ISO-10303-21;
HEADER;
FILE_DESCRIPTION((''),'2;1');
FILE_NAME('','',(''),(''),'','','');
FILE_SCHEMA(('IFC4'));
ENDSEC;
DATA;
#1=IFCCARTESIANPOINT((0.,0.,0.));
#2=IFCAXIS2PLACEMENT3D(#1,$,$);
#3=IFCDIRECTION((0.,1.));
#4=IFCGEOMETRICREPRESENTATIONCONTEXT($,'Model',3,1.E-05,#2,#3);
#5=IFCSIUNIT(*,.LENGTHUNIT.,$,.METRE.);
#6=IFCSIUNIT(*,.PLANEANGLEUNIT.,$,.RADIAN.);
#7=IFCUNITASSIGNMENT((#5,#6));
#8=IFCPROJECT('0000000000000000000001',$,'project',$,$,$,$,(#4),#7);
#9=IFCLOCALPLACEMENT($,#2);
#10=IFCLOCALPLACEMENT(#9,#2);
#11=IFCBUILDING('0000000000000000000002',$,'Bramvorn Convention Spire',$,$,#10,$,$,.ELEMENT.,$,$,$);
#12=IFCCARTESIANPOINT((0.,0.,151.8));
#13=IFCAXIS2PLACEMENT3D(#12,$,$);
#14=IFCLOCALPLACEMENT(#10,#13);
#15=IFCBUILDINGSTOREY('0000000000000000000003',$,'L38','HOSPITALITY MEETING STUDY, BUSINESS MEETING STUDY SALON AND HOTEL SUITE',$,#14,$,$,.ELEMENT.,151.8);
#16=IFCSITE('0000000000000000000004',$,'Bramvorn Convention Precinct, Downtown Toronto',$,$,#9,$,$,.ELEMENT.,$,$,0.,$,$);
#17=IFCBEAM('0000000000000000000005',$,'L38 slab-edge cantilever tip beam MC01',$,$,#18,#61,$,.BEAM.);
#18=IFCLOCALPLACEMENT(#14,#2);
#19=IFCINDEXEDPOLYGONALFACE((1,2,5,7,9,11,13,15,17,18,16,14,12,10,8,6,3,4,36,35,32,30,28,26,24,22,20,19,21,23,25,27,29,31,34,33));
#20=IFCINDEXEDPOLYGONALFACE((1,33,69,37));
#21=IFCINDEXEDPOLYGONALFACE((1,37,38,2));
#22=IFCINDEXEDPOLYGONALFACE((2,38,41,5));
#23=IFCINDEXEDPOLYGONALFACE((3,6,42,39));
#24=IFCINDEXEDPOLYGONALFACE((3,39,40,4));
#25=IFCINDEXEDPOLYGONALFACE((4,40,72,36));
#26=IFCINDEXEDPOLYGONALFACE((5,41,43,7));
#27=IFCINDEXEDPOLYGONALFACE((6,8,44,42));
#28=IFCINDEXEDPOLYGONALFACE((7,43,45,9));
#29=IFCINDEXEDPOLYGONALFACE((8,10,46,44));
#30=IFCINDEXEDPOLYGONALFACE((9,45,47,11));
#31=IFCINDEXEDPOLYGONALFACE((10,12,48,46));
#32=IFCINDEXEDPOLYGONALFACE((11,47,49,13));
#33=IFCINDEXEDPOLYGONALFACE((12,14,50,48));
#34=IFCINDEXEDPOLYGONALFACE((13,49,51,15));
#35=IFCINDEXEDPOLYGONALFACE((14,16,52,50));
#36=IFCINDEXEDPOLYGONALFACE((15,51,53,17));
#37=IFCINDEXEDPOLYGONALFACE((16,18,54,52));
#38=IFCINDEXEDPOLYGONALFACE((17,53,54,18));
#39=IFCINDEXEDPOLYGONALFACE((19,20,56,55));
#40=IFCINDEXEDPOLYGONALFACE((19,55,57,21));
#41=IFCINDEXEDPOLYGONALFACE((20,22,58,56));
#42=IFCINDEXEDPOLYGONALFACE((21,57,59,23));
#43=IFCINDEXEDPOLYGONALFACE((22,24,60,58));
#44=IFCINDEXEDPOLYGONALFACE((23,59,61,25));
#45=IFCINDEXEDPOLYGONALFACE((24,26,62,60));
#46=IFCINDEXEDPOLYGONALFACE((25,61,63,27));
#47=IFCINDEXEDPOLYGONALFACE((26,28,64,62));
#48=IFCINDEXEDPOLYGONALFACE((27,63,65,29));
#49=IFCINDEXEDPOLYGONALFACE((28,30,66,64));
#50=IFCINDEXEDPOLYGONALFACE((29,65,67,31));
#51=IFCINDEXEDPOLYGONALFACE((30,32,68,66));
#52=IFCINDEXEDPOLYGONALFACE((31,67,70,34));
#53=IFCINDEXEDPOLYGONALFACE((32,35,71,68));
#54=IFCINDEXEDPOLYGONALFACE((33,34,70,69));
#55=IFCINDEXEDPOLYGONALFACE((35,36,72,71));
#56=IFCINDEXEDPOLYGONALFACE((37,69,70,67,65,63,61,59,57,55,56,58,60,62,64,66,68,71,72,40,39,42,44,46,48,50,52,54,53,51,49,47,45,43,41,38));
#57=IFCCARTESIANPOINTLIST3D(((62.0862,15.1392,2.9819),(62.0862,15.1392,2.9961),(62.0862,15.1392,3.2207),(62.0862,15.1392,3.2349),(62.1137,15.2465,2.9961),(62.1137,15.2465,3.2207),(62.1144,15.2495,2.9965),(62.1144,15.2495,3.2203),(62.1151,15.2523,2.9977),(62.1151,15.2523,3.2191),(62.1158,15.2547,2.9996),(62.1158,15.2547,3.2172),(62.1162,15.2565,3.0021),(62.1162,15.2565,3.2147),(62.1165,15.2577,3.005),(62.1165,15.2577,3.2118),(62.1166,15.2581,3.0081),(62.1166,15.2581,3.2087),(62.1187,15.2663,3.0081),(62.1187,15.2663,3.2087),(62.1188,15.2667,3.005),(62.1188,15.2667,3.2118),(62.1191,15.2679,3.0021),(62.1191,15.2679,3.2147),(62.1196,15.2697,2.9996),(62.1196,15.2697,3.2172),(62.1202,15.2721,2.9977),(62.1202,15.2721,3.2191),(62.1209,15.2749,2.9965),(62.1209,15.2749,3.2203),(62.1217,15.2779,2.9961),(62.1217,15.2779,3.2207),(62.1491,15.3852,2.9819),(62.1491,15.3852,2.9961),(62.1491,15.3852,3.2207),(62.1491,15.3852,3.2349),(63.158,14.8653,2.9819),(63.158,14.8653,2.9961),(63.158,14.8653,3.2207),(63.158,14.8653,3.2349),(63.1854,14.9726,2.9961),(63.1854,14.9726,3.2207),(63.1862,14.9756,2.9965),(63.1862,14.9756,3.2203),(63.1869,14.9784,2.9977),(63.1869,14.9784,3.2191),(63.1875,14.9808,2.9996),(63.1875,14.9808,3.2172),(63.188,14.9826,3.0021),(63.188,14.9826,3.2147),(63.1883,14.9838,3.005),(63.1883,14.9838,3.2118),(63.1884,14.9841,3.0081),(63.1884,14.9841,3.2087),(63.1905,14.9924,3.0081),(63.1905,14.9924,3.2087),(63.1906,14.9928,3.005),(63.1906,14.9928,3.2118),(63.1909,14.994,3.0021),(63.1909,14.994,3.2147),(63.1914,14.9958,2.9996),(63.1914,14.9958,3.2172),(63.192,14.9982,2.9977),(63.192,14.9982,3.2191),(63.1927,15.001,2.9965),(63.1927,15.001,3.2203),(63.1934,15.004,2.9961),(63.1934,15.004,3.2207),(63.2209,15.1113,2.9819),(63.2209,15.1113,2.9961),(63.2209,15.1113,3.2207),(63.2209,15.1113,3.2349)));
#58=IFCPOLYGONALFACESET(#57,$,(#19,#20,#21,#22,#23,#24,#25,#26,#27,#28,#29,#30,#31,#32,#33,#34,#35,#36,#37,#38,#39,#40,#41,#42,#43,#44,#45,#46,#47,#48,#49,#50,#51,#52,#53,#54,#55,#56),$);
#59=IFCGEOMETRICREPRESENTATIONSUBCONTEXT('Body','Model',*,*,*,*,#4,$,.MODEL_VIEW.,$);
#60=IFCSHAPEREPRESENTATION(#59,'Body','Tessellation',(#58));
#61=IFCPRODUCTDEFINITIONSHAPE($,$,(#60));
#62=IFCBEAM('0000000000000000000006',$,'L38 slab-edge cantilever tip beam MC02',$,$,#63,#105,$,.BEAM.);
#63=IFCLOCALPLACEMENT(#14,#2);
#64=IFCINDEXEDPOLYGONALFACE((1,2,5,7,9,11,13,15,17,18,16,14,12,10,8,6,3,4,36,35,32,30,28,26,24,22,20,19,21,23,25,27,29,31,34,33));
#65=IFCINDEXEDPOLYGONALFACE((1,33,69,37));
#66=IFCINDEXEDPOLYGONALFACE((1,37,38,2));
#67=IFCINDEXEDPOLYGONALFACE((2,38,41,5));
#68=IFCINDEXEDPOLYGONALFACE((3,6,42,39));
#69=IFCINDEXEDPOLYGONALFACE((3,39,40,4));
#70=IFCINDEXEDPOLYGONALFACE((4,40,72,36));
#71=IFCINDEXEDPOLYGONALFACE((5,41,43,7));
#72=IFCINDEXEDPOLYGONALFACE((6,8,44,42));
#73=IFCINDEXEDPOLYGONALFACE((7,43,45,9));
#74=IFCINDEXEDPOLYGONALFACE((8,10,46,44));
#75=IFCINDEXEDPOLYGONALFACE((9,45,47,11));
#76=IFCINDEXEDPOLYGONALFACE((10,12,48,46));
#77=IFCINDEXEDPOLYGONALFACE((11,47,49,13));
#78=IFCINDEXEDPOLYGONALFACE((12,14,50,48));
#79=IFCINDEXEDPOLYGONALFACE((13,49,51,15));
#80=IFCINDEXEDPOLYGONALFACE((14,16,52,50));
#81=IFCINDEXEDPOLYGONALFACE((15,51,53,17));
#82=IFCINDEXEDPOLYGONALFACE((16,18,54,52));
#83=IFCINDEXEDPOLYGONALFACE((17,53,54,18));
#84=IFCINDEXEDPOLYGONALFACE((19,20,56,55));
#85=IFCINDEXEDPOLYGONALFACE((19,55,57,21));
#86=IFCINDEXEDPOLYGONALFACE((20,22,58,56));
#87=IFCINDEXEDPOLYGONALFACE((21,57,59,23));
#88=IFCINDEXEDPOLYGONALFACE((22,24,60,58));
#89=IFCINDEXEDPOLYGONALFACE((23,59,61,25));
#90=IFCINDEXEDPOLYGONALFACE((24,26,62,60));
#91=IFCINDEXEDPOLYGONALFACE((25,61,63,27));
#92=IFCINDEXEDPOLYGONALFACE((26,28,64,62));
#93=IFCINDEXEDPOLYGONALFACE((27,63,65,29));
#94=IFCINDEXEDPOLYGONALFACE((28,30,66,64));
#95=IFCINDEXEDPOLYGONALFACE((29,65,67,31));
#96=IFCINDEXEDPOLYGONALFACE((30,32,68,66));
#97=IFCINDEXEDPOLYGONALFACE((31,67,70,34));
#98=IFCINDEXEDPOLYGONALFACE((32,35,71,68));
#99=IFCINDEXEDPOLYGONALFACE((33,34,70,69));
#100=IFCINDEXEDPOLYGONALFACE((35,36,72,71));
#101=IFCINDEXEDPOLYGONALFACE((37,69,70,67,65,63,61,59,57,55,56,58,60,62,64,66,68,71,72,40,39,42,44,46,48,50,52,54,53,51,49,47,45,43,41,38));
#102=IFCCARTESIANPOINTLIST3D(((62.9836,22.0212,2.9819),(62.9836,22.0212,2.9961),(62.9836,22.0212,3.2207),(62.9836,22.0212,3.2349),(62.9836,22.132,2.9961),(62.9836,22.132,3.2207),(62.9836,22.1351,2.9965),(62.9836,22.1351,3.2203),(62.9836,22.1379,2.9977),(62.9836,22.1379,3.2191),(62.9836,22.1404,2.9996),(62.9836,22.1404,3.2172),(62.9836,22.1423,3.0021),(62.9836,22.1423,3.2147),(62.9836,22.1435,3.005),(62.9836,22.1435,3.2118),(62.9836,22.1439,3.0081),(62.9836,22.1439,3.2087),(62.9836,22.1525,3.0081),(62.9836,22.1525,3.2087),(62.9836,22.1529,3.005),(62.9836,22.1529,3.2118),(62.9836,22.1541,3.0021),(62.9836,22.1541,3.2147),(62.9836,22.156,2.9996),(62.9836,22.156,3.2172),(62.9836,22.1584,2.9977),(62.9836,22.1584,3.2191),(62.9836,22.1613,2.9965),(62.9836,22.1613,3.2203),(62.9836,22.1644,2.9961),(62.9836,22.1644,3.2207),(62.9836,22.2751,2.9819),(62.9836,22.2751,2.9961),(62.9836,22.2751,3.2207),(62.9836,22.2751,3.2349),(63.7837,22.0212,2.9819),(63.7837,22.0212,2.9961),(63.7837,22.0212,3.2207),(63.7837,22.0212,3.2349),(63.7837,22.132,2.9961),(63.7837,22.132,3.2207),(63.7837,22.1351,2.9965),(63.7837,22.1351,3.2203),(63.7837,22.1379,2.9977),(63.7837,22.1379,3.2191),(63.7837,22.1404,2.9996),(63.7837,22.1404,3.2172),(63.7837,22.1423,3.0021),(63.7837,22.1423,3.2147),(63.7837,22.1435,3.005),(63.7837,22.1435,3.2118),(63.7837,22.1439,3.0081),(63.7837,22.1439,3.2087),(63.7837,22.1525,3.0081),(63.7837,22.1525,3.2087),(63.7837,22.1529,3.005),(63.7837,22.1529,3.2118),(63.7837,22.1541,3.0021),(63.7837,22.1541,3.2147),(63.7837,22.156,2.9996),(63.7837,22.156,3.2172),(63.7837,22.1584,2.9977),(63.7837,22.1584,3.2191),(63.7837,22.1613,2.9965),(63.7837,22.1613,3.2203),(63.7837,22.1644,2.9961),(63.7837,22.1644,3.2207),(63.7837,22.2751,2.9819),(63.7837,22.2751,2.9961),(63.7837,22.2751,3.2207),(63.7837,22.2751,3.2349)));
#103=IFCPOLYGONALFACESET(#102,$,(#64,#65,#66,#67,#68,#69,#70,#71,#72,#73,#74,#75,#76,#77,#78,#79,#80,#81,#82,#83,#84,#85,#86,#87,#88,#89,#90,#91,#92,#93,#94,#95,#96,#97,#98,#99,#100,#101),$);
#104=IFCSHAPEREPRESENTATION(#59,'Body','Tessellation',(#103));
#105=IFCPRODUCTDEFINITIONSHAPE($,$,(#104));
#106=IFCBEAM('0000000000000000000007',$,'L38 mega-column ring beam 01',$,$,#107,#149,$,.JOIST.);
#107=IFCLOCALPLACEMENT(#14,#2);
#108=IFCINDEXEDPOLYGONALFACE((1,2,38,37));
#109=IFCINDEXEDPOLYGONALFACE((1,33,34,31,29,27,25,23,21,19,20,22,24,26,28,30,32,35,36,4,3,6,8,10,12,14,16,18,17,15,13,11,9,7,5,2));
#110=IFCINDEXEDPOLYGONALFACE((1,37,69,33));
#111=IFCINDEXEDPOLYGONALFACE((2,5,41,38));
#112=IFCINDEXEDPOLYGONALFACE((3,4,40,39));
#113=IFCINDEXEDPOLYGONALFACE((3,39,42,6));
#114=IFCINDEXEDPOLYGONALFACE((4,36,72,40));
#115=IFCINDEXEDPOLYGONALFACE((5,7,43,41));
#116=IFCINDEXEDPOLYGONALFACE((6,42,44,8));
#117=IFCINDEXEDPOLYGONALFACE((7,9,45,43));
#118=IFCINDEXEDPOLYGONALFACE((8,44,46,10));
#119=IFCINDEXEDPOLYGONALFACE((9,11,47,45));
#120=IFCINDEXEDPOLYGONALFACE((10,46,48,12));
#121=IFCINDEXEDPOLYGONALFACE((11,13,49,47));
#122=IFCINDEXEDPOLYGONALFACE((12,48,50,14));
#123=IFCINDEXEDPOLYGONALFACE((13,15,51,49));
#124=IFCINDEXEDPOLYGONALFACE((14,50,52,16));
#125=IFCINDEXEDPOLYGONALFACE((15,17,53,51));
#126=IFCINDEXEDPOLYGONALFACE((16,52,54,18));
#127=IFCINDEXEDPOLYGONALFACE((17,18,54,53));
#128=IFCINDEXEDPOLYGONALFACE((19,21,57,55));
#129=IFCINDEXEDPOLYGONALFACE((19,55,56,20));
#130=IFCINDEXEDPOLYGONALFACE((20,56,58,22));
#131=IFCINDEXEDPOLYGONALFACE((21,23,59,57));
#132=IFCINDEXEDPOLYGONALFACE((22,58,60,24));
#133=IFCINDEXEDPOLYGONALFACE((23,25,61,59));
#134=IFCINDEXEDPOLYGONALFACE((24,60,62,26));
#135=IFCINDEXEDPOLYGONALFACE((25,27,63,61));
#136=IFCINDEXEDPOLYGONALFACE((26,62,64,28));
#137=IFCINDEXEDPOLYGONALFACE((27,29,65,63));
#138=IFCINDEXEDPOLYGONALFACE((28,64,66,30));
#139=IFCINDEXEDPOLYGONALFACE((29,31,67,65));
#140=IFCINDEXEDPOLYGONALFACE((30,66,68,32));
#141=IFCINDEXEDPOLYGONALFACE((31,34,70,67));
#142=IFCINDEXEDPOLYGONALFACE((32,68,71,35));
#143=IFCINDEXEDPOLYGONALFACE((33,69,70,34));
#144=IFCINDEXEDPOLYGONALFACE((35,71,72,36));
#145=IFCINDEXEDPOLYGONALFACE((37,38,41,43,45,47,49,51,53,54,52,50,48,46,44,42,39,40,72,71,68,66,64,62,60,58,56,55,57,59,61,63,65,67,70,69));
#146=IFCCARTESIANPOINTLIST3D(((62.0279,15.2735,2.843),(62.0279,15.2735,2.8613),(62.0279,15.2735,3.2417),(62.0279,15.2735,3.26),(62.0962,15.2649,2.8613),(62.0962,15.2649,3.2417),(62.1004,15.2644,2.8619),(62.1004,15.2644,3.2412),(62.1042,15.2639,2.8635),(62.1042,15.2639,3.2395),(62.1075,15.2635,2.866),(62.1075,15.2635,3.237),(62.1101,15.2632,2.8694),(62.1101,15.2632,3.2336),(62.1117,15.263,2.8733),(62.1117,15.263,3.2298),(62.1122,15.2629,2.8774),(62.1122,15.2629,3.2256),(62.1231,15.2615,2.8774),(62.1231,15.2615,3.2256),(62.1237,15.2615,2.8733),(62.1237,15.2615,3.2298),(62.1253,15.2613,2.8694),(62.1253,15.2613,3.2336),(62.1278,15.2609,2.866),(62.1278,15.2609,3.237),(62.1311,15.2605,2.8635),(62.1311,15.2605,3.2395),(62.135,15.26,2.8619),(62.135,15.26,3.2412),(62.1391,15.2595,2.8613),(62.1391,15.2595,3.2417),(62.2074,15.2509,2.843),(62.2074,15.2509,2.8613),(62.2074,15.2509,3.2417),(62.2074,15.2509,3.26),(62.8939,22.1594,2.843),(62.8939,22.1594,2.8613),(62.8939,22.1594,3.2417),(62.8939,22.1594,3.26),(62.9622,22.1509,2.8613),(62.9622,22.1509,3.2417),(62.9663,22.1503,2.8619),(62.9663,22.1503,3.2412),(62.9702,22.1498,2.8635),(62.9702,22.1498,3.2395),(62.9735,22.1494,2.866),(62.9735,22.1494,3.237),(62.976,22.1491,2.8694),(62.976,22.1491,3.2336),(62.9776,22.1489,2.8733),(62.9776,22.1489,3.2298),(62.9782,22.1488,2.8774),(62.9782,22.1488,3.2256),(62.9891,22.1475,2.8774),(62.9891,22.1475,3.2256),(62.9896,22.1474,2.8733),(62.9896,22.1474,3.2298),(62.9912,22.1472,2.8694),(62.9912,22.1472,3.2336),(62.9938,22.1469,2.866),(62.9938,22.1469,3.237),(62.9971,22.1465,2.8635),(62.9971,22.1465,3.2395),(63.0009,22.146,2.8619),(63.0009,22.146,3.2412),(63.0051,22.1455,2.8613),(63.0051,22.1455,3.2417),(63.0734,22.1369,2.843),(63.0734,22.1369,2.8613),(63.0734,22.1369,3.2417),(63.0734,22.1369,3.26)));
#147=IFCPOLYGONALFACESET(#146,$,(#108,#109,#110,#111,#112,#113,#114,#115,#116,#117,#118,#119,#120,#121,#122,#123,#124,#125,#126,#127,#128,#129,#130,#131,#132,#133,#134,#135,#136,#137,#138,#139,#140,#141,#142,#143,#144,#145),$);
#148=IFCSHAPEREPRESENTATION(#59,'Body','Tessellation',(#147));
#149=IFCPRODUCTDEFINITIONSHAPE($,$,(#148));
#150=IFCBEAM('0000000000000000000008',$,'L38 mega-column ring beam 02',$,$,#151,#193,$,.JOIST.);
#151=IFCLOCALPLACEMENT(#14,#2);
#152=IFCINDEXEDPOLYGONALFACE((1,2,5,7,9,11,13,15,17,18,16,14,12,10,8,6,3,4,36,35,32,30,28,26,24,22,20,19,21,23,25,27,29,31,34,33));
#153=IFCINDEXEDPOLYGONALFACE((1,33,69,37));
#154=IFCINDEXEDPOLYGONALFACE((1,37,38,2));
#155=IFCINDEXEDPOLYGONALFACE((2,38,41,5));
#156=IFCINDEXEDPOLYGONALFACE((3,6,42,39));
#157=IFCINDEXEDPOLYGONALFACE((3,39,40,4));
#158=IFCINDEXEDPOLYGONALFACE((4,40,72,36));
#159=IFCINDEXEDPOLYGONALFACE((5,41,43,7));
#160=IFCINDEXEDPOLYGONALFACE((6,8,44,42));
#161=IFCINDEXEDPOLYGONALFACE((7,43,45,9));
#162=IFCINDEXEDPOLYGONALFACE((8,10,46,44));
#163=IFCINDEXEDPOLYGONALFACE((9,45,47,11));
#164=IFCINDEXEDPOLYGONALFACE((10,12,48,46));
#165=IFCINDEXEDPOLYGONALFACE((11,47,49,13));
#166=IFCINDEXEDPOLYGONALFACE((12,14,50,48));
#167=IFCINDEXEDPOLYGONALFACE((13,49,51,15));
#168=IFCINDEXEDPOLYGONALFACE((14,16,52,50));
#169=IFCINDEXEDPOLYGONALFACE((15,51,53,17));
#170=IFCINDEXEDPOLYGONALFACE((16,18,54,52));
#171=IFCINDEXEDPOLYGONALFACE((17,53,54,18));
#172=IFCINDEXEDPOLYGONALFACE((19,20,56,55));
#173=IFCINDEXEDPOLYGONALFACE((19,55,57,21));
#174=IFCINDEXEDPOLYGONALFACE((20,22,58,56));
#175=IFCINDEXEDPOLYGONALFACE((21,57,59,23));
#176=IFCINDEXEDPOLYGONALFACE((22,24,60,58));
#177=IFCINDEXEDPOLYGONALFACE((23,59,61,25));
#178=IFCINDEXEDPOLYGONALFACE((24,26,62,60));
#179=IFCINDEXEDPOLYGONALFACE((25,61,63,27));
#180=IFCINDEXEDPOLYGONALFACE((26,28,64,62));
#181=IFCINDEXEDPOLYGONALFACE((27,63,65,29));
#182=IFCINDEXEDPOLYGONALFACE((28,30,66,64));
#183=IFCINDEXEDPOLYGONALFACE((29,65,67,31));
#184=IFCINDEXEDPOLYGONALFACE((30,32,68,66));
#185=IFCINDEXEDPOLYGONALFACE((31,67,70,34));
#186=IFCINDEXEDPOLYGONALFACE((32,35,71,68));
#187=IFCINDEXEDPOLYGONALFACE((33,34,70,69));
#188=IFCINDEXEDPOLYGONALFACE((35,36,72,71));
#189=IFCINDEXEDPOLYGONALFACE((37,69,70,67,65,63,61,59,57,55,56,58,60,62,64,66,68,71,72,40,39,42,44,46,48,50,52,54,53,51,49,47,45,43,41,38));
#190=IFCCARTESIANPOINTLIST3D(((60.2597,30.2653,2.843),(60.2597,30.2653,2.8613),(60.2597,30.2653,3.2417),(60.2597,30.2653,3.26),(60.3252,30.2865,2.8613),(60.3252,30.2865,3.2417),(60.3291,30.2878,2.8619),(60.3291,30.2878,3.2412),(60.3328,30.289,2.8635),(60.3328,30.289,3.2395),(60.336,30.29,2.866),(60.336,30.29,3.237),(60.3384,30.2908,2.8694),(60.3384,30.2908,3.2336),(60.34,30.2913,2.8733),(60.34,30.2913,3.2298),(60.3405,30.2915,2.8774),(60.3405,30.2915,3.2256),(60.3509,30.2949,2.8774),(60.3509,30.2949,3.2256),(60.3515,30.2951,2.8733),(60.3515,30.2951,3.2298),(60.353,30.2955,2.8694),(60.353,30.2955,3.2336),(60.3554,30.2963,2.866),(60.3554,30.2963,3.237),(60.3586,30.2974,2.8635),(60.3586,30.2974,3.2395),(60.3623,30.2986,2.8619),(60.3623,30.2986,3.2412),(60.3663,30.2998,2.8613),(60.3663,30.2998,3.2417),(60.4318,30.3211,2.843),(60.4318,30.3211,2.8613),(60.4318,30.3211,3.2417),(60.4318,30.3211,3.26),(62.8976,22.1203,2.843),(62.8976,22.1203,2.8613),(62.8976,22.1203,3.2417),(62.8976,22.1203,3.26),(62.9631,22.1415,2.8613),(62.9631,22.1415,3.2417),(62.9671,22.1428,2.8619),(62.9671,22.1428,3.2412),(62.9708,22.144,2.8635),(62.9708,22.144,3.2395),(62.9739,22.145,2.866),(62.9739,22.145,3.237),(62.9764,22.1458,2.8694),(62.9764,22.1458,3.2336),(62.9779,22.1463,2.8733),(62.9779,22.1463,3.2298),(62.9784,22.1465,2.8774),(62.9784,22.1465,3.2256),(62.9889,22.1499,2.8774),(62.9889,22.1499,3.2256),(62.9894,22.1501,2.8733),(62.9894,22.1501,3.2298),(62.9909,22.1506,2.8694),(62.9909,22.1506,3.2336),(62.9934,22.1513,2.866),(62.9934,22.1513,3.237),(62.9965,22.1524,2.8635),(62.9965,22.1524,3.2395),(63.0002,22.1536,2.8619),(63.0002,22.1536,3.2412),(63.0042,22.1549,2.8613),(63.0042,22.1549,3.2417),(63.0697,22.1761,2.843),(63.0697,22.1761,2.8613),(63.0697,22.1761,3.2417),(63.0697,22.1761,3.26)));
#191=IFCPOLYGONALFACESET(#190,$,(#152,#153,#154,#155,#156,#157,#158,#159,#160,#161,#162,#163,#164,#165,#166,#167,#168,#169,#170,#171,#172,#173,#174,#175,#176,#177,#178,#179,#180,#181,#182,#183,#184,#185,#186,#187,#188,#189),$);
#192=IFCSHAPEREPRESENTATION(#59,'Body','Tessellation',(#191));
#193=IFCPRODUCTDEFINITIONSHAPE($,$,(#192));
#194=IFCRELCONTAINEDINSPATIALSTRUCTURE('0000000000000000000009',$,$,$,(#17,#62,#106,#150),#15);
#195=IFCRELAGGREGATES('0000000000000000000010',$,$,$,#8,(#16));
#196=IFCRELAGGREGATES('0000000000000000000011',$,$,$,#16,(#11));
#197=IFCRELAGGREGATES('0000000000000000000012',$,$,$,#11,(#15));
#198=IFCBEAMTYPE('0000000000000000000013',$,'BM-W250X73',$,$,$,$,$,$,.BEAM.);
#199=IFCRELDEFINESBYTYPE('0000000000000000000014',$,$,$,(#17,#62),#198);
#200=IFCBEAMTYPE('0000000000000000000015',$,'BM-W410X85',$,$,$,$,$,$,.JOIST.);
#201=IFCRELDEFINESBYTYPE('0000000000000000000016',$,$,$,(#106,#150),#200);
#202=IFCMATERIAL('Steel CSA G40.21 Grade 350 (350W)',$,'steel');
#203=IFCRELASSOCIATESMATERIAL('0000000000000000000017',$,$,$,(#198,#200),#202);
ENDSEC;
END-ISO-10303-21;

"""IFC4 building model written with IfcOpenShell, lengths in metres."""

from ifc_helpers import new_model, si_unit, direction, frame, origin, origin_2d, place, context, subcontext, project, spatial, i_section, extrude, material, material_profile, profile_set, type_object, element, save


model = new_model("IFC4")

# Units and contexts
model_context = context("Model", 3, precision=1e-05, world=origin(), true_north=direction((0.0, 1.0)))
body_context = subcontext(model_context, "Body", "Model", "MODEL_VIEW")
ifc_project = project(units=[si_unit("LENGTHUNIT", "METRE"), si_unit("PLANEANGLEUNIT", "RADIAN")], contexts=[model_context])

# Site, building, storey
site_placement = place(None, origin())
site = spatial("IfcSite", under=ifc_project, at=site_placement, Name="Bramvorn Convention Precinct, Downtown Toronto", CompositionType="ELEMENT", RefElevation=0.0)
building_placement = place(site_placement, origin())
building = spatial("IfcBuilding", under=site, at=building_placement, Name="Bramvorn Convention Spire", CompositionType="ELEMENT")
storey_placement = place(building_placement, frame((0.0, 0.0, 151.8)))
storey = spatial("IfcBuildingStorey", under=building, at=storey_placement, Name="L38", Description="HOSPITALITY MEETING STUDY, BUSINESS MEETING STUDY SALON AND HOTEL SUITE", CompositionType="ELEMENT", Elevation=151.8)

# Shared definitions
ifc_material_1 = material(Name="Steel CSA G40.21 Grade 350 (350W)", Category="steel")

# Beams
ifc_material_profile_1 = material_profile(ifc_material_1, i_section(OverallWidth=0.2539, OverallDepth=0.2529, WebThickness=0.0085, FlangeThickness=0.0142, FilletRadius=0.012, at=origin_2d()))
ifc_profile_set_1 = profile_set([ifc_material_profile_1], Name="Steel CSA G40.21 Grade 350 (350W) - W250X73")
beam_type_1 = type_object("IfcBeamType", Name="BM-W250X73", PredefinedType="BEAM", material=ifc_profile_set_1)
beam_1_placement = place(storey_placement, frame((62.1177, 15.2622, 3.1084), z_axis=(0.968857, -0.247621, 0.0), x_axis=(0.247621, 0.968857, 0.0)))
element("IfcBeam", 1, at=beam_1_placement, inside=storey, type_object=beam_type_1, Name="L38 slab-edge cantilever tip beam MC01", PredefinedType="BEAM", context=body_context, shape_type="SweptSolid", body=[
    extrude(i_section(OverallWidth=0.2539, OverallDepth=0.2529, WebThickness=0.0085, FlangeThickness=0.0142, FilletRadius=0.012, at=origin_2d()), origin(), (0.0, 0.0, 1.0), 1.1062),
])
beam_2_placement = place(storey_placement, frame((62.9836, 22.1482, 3.1084), z_axis=(1.0, 0.0, 0.0), x_axis=(0.0, 1.0, 0.0)))
element("IfcBeam", 2, at=beam_2_placement, inside=storey, type_object=beam_type_1, Name="L38 slab-edge cantilever tip beam MC02", PredefinedType="BEAM", context=body_context, shape_type="SweptSolid", body=[
    extrude(i_section(OverallWidth=0.2539, OverallDepth=0.2529, WebThickness=0.0085, FlangeThickness=0.0142, FilletRadius=0.012, at=origin_2d()), origin(), (0.0, 0.0, 1.0), 0.8),
])
ifc_material_profile_2 = material_profile(ifc_material_1, i_section(OverallWidth=0.1809, OverallDepth=0.417, WebThickness=0.011, FlangeThickness=0.0183, FilletRadius=0.0161, at=origin_2d()))
ifc_profile_set_2 = profile_set([ifc_material_profile_2], Name="Steel CSA G40.21 Grade 350 (350W) - W410X85")
beam_type_2 = type_object("IfcBeamType", Name="BM-W410X85", PredefinedType="JOIST", material=ifc_profile_set_2)
beam_3_placement = place(storey_placement, frame((62.1177, 15.2622, 3.0515), z_axis=(0.124775, 0.992185, 0.0), x_axis=(-0.992185, 0.124775, 0.0)))
element("IfcBeam", 3, at=beam_3_placement, inside=storey, type_object=beam_type_2, Name="L38 mega-column ring beam 01", PredefinedType="JOIST", context=body_context, shape_type="SweptSolid", body=[
    extrude(i_section(OverallWidth=0.1809, OverallDepth=0.417, WebThickness=0.011, FlangeThickness=0.0183, FilletRadius=0.0161, at=origin_2d()), origin(), (0.0, 0.0, 1.0), 6.9402),
])
beam_4_placement = place(storey_placement, frame((62.9836, 22.1482, 3.0515), z_axis=(-0.308115, 0.951349, 0.0), x_axis=(-0.951349, -0.308115, 0.0)))
element("IfcBeam", 4, at=beam_4_placement, inside=storey, type_object=beam_type_2, Name="L38 mega-column ring beam 02", PredefinedType="JOIST", context=body_context, shape_type="SweptSolid", body=[
    extrude(i_section(OverallWidth=0.1809, OverallDepth=0.417, WebThickness=0.011, FlangeThickness=0.0183, FilletRadius=0.0161, at=origin_2d()), origin(), (0.0, 0.0, 1.0), 8.5615),
])

save(model, "model.ifc")
